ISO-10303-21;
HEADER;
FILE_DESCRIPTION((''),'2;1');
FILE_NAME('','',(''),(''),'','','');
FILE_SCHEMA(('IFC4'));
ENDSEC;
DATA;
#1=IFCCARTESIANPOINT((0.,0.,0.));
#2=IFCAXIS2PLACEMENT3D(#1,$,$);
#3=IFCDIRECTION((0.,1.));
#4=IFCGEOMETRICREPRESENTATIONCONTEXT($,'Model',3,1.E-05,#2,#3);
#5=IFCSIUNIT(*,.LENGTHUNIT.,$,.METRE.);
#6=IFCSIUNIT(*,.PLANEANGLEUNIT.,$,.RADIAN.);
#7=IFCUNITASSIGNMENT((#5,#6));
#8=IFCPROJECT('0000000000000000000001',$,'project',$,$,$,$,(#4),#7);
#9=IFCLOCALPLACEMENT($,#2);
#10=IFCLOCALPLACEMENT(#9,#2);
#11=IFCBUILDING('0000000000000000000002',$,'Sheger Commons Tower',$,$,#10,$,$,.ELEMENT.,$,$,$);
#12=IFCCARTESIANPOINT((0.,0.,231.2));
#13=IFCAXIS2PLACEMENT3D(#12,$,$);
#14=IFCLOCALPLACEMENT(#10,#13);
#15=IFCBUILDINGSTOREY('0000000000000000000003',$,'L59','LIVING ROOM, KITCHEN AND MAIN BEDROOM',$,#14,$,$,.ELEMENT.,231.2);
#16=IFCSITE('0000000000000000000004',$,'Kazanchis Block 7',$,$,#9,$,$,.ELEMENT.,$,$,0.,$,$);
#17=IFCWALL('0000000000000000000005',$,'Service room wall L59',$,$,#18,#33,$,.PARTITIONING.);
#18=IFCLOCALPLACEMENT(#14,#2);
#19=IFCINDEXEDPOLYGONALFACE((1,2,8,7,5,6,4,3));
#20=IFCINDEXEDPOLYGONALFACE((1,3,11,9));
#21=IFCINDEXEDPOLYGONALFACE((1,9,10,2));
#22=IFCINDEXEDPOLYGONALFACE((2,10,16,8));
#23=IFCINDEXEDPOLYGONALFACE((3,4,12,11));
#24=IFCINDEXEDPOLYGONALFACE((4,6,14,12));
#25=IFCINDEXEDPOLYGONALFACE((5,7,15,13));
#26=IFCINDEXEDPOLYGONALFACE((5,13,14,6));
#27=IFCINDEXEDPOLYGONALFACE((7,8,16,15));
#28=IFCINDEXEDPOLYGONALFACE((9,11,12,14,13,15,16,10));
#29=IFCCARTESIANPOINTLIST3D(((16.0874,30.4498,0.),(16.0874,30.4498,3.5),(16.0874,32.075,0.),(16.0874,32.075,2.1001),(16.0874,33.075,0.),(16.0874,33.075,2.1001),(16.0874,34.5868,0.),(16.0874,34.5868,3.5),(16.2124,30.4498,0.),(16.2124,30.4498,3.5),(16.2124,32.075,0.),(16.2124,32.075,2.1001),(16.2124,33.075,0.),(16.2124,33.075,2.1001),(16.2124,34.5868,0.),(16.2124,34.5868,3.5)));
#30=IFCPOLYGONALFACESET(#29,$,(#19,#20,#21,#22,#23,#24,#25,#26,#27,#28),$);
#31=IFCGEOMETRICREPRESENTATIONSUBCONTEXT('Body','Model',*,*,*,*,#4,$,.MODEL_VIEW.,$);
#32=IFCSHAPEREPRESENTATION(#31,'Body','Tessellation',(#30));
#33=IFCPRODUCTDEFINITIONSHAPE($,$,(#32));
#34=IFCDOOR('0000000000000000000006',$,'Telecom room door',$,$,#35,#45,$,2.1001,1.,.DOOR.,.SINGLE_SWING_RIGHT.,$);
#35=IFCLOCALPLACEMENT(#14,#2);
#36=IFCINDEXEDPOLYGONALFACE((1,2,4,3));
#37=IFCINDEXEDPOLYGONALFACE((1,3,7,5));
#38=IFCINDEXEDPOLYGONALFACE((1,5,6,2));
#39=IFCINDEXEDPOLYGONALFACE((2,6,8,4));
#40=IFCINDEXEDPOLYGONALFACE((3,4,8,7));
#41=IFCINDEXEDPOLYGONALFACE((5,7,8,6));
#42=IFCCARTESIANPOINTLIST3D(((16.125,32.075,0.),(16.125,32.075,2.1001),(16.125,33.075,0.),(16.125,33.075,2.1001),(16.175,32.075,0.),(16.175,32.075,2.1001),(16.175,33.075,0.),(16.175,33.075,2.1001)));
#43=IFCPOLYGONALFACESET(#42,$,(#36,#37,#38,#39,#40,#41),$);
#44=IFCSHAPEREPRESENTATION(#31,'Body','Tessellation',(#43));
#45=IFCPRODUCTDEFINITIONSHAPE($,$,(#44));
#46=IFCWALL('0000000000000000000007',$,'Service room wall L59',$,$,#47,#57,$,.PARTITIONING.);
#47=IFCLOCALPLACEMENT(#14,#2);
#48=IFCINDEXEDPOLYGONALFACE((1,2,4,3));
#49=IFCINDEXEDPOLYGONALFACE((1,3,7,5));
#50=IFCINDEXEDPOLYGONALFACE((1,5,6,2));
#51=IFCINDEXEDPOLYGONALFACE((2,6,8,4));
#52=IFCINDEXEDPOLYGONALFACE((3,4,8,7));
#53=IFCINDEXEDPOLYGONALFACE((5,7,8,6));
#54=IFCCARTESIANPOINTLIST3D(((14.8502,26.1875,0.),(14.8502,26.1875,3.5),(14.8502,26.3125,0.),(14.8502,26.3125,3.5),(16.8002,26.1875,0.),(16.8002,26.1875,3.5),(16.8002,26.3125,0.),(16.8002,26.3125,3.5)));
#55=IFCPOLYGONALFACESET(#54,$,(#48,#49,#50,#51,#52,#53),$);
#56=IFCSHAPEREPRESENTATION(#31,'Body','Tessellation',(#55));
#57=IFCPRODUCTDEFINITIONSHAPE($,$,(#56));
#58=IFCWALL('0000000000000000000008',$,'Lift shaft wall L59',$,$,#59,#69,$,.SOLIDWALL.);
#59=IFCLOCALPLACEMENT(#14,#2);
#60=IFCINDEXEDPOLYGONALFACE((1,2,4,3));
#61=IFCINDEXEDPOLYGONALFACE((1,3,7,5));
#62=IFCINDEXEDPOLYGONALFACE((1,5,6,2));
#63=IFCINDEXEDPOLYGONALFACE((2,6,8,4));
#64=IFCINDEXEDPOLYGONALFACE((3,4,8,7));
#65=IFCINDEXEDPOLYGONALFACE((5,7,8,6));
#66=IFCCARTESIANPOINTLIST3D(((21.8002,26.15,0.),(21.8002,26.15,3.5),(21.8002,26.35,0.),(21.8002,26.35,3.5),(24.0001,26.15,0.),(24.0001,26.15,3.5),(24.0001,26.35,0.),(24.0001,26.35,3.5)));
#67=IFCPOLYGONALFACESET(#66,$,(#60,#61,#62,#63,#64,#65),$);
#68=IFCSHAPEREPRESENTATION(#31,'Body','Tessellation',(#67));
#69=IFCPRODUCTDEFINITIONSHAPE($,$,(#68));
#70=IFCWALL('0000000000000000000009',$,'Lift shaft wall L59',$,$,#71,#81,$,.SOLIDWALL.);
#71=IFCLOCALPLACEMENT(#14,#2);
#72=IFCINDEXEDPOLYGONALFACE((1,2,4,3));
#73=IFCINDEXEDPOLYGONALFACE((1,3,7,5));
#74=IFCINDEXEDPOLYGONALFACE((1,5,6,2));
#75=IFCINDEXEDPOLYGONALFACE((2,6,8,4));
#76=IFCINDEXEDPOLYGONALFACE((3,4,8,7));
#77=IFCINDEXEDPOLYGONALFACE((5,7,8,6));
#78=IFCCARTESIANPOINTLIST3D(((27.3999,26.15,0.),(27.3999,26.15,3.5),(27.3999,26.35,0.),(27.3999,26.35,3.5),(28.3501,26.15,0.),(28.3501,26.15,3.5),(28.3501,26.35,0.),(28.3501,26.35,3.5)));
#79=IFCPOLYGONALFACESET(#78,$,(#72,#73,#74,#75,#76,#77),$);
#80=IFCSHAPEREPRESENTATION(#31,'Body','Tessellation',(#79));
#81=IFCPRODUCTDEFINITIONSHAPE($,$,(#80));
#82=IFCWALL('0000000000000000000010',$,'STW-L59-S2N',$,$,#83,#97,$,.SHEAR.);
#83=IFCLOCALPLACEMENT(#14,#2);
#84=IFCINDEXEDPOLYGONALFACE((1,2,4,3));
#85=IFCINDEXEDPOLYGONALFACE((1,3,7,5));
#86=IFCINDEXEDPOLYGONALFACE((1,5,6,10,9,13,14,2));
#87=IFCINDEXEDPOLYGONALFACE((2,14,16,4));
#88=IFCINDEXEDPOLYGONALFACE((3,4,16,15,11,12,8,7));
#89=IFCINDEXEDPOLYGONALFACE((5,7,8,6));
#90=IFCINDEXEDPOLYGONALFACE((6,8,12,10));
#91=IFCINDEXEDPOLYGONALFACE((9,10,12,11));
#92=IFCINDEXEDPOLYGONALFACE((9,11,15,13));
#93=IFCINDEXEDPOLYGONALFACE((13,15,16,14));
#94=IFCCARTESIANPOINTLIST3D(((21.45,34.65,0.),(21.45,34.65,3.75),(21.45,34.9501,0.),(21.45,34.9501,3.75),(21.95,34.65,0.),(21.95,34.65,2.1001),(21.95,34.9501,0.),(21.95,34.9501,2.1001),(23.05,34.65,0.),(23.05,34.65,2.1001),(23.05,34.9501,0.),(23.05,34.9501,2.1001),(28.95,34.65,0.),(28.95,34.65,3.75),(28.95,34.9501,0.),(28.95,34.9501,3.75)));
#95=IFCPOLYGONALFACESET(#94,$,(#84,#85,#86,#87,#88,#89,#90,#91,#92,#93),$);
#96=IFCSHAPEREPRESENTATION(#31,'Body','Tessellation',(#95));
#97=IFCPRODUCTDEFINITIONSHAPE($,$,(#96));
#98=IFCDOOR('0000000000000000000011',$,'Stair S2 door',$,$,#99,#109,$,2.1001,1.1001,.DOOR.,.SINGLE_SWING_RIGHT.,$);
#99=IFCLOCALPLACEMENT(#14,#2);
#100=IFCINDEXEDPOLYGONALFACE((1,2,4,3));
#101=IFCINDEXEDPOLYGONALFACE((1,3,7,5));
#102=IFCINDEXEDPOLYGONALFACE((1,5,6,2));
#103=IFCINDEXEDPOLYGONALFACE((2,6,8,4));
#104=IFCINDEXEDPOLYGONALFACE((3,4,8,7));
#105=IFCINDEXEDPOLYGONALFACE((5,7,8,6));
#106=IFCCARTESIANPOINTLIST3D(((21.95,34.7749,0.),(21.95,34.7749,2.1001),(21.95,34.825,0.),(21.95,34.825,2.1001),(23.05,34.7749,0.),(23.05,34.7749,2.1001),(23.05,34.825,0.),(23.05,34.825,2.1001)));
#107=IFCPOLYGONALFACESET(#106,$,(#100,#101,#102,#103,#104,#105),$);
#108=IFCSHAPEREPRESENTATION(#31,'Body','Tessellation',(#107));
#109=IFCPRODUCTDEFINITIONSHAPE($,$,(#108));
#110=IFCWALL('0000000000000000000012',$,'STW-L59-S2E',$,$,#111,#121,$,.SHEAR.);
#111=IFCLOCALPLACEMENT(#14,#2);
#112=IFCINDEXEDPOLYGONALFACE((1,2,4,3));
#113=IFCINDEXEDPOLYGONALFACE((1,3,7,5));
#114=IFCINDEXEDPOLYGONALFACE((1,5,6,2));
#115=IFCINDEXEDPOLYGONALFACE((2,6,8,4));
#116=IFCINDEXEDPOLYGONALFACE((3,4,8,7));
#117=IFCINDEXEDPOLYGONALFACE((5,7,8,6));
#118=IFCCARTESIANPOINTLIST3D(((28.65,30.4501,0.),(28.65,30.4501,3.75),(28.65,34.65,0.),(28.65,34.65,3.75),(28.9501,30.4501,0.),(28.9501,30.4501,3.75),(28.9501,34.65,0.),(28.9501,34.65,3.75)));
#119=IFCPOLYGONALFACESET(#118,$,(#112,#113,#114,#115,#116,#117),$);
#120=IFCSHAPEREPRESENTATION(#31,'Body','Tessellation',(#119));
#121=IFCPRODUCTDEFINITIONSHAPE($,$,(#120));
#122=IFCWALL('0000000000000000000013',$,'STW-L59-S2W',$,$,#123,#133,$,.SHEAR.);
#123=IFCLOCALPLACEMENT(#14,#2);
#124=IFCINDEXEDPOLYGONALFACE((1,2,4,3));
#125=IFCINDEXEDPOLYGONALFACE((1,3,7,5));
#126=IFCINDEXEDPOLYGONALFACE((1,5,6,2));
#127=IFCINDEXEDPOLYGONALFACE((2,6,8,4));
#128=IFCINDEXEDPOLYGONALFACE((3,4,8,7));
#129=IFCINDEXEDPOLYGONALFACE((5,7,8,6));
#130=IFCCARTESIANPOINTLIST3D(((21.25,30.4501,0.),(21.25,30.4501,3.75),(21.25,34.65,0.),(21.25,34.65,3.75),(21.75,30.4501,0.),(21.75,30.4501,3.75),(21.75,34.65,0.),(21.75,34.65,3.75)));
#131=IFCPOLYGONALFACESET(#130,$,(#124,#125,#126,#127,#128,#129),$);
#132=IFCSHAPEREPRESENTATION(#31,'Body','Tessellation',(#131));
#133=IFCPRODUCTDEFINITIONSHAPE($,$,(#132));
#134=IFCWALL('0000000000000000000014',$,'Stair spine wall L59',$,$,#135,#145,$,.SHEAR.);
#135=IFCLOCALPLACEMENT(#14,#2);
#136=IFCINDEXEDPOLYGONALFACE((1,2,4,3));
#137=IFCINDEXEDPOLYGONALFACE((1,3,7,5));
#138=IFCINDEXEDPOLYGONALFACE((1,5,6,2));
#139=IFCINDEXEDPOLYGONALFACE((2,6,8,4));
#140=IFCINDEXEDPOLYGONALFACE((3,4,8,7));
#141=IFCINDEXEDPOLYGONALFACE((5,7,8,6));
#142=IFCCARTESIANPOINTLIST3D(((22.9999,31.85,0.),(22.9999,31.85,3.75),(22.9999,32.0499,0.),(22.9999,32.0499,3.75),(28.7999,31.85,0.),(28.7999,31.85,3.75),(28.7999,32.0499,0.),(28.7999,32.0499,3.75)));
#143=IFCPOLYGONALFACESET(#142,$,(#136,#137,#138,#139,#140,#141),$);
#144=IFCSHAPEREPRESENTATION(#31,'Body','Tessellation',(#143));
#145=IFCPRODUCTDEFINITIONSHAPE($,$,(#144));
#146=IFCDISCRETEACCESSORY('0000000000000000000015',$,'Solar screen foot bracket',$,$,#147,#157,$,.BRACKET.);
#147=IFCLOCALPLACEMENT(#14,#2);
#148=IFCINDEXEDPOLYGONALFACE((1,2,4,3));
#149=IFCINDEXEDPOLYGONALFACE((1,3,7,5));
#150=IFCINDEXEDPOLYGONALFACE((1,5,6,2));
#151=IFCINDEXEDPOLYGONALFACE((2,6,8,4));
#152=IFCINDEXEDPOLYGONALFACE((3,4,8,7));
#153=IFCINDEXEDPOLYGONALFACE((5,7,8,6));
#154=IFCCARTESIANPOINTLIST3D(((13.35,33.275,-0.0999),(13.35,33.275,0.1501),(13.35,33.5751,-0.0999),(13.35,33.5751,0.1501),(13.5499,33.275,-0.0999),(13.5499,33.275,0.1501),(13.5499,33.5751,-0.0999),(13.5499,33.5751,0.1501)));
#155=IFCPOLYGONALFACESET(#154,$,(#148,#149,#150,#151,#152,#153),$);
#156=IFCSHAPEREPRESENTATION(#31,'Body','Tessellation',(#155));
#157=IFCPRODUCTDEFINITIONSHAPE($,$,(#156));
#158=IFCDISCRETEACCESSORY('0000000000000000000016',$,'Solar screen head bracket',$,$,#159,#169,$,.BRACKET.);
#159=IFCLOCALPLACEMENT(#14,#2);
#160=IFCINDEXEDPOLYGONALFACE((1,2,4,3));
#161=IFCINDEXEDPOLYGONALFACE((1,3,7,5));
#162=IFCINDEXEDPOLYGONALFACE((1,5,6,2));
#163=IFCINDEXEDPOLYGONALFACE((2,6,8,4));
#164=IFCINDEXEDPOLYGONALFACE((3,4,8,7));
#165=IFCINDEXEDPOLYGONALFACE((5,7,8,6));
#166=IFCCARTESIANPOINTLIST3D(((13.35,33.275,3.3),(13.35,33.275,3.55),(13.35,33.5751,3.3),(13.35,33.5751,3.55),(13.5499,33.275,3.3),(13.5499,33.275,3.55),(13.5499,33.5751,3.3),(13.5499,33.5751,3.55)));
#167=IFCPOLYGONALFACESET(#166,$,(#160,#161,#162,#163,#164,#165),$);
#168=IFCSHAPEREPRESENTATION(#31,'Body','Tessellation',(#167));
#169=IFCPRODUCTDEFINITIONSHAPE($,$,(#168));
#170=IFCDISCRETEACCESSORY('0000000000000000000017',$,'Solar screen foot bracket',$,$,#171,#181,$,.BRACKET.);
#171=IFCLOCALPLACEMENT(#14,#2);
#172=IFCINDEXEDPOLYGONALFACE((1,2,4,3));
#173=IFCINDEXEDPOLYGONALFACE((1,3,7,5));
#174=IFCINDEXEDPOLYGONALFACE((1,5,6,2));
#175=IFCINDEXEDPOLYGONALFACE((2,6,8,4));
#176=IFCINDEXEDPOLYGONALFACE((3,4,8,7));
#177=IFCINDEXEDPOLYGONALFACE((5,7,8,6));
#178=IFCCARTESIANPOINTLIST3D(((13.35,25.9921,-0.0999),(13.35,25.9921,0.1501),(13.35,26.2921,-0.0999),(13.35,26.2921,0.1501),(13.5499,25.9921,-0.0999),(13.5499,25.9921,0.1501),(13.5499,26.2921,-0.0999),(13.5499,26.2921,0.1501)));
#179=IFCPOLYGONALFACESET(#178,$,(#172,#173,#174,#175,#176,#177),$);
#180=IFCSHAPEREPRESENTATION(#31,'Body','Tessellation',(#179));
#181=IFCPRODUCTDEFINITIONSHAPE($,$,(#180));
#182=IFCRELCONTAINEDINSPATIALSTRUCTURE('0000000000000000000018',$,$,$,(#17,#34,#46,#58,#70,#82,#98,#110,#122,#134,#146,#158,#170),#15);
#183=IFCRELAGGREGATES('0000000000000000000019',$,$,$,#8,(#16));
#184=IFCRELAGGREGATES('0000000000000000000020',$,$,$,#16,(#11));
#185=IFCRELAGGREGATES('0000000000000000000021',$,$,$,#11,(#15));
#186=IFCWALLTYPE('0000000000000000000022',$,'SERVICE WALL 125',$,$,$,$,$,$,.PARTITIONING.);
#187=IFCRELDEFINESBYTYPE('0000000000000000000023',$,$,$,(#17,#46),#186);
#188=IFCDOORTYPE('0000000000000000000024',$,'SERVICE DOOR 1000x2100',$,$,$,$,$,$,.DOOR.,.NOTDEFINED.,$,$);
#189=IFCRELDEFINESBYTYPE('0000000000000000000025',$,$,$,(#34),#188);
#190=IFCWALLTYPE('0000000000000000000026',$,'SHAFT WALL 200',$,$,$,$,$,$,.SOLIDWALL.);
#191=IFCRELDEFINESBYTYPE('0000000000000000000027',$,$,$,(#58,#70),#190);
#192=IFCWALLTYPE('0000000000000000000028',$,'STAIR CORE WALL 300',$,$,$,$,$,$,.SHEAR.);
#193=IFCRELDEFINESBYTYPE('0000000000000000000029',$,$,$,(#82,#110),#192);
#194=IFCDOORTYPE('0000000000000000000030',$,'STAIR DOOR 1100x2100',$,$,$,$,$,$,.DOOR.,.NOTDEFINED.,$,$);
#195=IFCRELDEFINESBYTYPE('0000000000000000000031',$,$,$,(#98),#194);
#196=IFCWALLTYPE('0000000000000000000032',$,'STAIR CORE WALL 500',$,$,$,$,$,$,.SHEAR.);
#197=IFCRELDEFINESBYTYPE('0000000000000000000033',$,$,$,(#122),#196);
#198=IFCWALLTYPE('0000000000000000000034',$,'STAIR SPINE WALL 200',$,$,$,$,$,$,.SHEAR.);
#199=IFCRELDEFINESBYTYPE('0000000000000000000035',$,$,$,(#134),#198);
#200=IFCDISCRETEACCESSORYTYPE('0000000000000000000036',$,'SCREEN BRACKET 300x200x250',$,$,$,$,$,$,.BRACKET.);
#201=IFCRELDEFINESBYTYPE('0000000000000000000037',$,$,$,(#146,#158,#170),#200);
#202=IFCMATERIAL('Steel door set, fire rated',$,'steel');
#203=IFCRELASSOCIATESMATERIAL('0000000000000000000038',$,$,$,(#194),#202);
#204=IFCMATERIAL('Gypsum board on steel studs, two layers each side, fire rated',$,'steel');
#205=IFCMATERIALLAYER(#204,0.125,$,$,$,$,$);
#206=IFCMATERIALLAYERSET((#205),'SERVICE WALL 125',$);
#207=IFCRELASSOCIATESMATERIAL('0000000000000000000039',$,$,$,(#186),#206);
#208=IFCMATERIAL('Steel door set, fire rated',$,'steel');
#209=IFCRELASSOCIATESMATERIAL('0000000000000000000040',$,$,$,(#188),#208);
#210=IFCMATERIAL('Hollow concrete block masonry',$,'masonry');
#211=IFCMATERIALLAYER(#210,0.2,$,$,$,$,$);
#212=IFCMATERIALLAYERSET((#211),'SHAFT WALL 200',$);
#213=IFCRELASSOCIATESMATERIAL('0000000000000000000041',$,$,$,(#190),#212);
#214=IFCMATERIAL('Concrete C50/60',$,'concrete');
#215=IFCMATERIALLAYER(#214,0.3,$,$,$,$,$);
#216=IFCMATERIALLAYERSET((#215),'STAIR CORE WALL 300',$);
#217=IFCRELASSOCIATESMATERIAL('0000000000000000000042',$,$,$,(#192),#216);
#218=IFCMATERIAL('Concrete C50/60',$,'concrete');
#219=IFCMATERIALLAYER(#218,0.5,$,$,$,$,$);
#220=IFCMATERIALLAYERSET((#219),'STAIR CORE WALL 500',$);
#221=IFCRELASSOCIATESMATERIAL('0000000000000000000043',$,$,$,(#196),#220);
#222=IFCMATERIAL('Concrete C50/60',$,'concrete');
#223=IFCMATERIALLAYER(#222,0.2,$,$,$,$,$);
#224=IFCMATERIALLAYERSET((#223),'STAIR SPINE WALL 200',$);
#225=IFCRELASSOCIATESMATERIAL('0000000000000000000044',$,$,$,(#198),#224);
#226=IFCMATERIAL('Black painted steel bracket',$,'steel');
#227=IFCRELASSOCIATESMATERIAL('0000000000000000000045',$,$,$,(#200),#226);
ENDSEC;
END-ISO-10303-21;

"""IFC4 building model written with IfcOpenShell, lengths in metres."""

from ifc_helpers import new_model, si_unit, direction, frame, frame_2d, origin, origin_2d, place, context, subcontext, project, spatial, rectangle, extrude, material, layer, layer_set, type_object, element, fill, save


model = new_model("IFC4")

# Units and contexts
model_context = context("Model", 3, precision=1e-05, world=origin(), true_north=direction((0.0, 1.0)))
body_context = subcontext(model_context, "Body", "Model", "MODEL_VIEW")
ifc_project = project(units=[si_unit("LENGTHUNIT", "METRE"), si_unit("PLANEANGLEUNIT", "RADIAN")], contexts=[model_context])

# Site, building, storey
site_placement = place(None, origin())
site = spatial("IfcSite", under=ifc_project, at=site_placement, Name="Kazanchis Block 7", CompositionType="ELEMENT", RefElevation=0.0)
building_placement = place(site_placement, origin())
building = spatial("IfcBuilding", under=site, at=building_placement, Name="Sheger Commons Tower", CompositionType="ELEMENT")
storey_placement = place(building_placement, frame((0.0, 0.0, 231.2)))
storey = spatial("IfcBuildingStorey", under=building, at=storey_placement, Name="L59", Description="LIVING ROOM, KITCHEN AND MAIN BEDROOM", CompositionType="ELEMENT", Elevation=231.2)

# Shared definitions
ifc_material_1 = material(Name="Steel door set, fire rated", Category="steel")
door_type_1 = type_object("IfcDoorType", Name="STAIR DOOR 1100x2100", OperationType="NOTDEFINED", PredefinedType="DOOR", material=ifc_material_1)

# Wall, opening, door
ifc_material_2 = material(Name="Gypsum board on steel studs, two layers each side, fire rated", Category="steel")
ifc_layer_1 = layer(ifc_material_2, 0.125)
ifc_layer_set_1 = layer_set([ifc_layer_1], Name="SERVICE WALL 125")
wall_type_1 = type_object("IfcWallType", Name="SERVICE WALL 125", PredefinedType="PARTITIONING", material=ifc_layer_set_1)
wall_1_placement = place(storey_placement, frame((16.1499, 30.45, 0.0), z_axis=(0.0, 0.0, 1.0), x_axis=(0.0, 1.0, 0.0)))
wall_1 = element("IfcWall", 1, at=wall_1_placement, inside=storey, type_object=wall_type_1, Name="Service room wall L59", PredefinedType="PARTITIONING", context=body_context, shape_type="SweptSolid", body=[
    extrude(rectangle(XDim=4.137, YDim=0.125, at=frame_2d((2.0684, 0.0))), origin(), (0.0, 0.0, 1.0), 3.5),
])
opening_1_placement = place(wall_1_placement, frame((1.625, 0.0, 0.0)))
opening_1 = element("IfcOpeningElement", 2, at=opening_1_placement, cuts=wall_1, PredefinedType="OPENING", context=body_context, shape_type="SweptSolid", body=[
    extrude(rectangle(XDim=1.0, YDim=2.1001, at=frame_2d((0.5, 1.05))), frame((0.0, 0.0725, 0.0), z_axis=(0.0, -1.0, 0.0), x_axis=(1.0, 0.0, 0.0)), (0.0, 0.0, 1.0), 0.145),
])
ifc_material_3 = material(Name="Steel door set, fire rated", Category="steel")
door_type_2 = type_object("IfcDoorType", Name="SERVICE DOOR 1000x2100", OperationType="NOTDEFINED", PredefinedType="DOOR", material=ifc_material_3)
door_1_placement = place(opening_1_placement, origin())
door_1 = element("IfcDoor", 3, at=door_1_placement, inside=storey, type_object=door_type_2, Name="Telecom room door", OperationType="SINGLE_SWING_RIGHT", OverallHeight=2.1001, OverallWidth=1.0, PredefinedType="DOOR", context=body_context, shape_type="SweptSolid", body=[
    extrude(rectangle(XDim=1.0, YDim=2.1001, at=frame_2d((0.5, 1.05))), frame((0.0, 0.0249, 0.0), z_axis=(0.0, -1.0, 0.0), x_axis=(1.0, 0.0, 0.0)), (0.0, 0.0, 1.0), 0.05),
])
fill(opening_1, door_1)

# Walls
wall_2_placement = place(storey_placement, frame((14.8501, 26.25, 0.0), z_axis=(0.0, 0.0, 1.0), x_axis=(1.0, 0.0, 0.0)))
element("IfcWall", 4, at=wall_2_placement, inside=storey, type_object=wall_type_1, Name="Service room wall L59", PredefinedType="PARTITIONING", context=body_context, shape_type="SweptSolid", body=[
    extrude(rectangle(XDim=1.95, YDim=0.125, at=frame_2d((0.9751, 0.0))), origin(), (0.0, 0.0, 1.0), 3.5),
])
ifc_material_4 = material(Name="Hollow concrete block masonry", Category="masonry")
ifc_layer_2 = layer(ifc_material_4, 0.2)
ifc_layer_set_2 = layer_set([ifc_layer_2], Name="SHAFT WALL 200")
wall_type_2 = type_object("IfcWallType", Name="SHAFT WALL 200", PredefinedType="SOLIDWALL", material=ifc_layer_set_2)
wall_3_placement = place(storey_placement, frame((21.8, 26.25, 0.0), z_axis=(0.0, 0.0, 1.0), x_axis=(1.0, 0.0, 0.0)))
element("IfcWall", 5, at=wall_3_placement, inside=storey, type_object=wall_type_2, Name="Lift shaft wall L59", PredefinedType="SOLIDWALL", context=body_context, shape_type="SweptSolid", body=[
    extrude(rectangle(XDim=2.2, YDim=0.2, at=frame_2d((1.1001, 0.0))), origin(), (0.0, 0.0, 1.0), 3.5),
])
wall_4_placement = place(storey_placement, frame((27.3999, 26.25, 0.0), z_axis=(0.0, 0.0, 1.0), x_axis=(1.0, 0.0, 0.0)))
element("IfcWall", 6, at=wall_4_placement, inside=storey, type_object=wall_type_2, Name="Lift shaft wall L59", PredefinedType="SOLIDWALL", context=body_context, shape_type="SweptSolid", body=[
    extrude(rectangle(XDim=0.9502, YDim=0.2, at=frame_2d((0.4751, 0.0))), origin(), (0.0, 0.0, 1.0), 3.5),
])

# Wall, opening, door
ifc_material_5 = material(Name="Concrete C50/60", Category="concrete")
ifc_layer_3 = layer(ifc_material_5, 0.3)
ifc_layer_set_3 = layer_set([ifc_layer_3], Name="STAIR CORE WALL 300")
wall_type_3 = type_object("IfcWallType", Name="STAIR CORE WALL 300", PredefinedType="SHEAR", material=ifc_layer_set_3)
wall_5_placement = place(storey_placement, frame((21.45, 34.8, 0.0), z_axis=(0.0, 0.0, 1.0), x_axis=(1.0, 0.0, 0.0)))
wall_5 = element("IfcWall", 7, at=wall_5_placement, inside=storey, type_object=wall_type_3, Name="STW-L59-S2N", PredefinedType="SHEAR", context=body_context, shape_type="SweptSolid", body=[
    extrude(rectangle(XDim=7.5, YDim=0.3, at=frame_2d((3.75, 0.0))), origin(), (0.0, 0.0, 1.0), 3.75),
])
opening_2_placement = place(wall_5_placement, frame((0.5, 0.0, 0.0)))
opening_2 = element("IfcOpeningElement", 8, at=opening_2_placement, cuts=wall_5, PredefinedType="OPENING", context=body_context, shape_type="SweptSolid", body=[
    extrude(rectangle(XDim=1.1001, YDim=2.1001, at=frame_2d((0.55, 1.05))), frame((0.0, 0.1599, 0.0), z_axis=(0.0, -1.0, 0.0), x_axis=(1.0, 0.0, 0.0)), (0.0, 0.0, 1.0), 0.3201),
])
door_2_placement = place(opening_2_placement, origin())
door_2 = element("IfcDoor", 9, at=door_2_placement, inside=storey, type_object=door_type_1, Name="Stair S2 door", OperationType="SINGLE_SWING_RIGHT", OverallHeight=2.1001, OverallWidth=1.1001, PredefinedType="DOOR", context=body_context, shape_type="SweptSolid", body=[
    extrude(rectangle(XDim=1.1001, YDim=2.1001, at=frame_2d((0.55, 1.05))), frame((0.0, 0.0249, 0.0), z_axis=(0.0, -1.0, 0.0), x_axis=(1.0, 0.0, 0.0)), (0.0, 0.0, 1.0), 0.05),
])
fill(opening_2, door_2)

# Walls
wall_6_placement = place(storey_placement, frame((28.8, 30.45, 0.0), z_axis=(0.0, 0.0, 1.0), x_axis=(0.0, 1.0, 0.0)))
element("IfcWall", 10, at=wall_6_placement, inside=storey, type_object=wall_type_3, Name="STW-L59-S2E", PredefinedType="SHEAR", context=body_context, shape_type="SweptSolid", body=[
    extrude(rectangle(XDim=4.2, YDim=0.3, at=frame_2d((2.1001, 0.0))), origin(), (0.0, 0.0, 1.0), 3.75),
])
ifc_material_6 = material(Name="Concrete C50/60", Category="concrete")
ifc_layer_4 = layer(ifc_material_6, 0.5)
ifc_layer_set_4 = layer_set([ifc_layer_4], Name="STAIR CORE WALL 500")
wall_type_4 = type_object("IfcWallType", Name="STAIR CORE WALL 500", PredefinedType="SHEAR", material=ifc_layer_set_4)
wall_7_placement = place(storey_placement, frame((21.5, 30.45, 0.0), z_axis=(0.0, 0.0, 1.0), x_axis=(0.0, 1.0, 0.0)))
element("IfcWall", 11, at=wall_7_placement, inside=storey, type_object=wall_type_4, Name="STW-L59-S2W", PredefinedType="SHEAR", context=body_context, shape_type="SweptSolid", body=[
    extrude(rectangle(XDim=4.2, YDim=0.5, at=frame_2d((2.1001, 0.0))), origin(), (0.0, 0.0, 1.0), 3.75),
])
ifc_material_7 = material(Name="Concrete C50/60", Category="concrete")
ifc_layer_5 = layer(ifc_material_7, 0.2)
ifc_layer_set_5 = layer_set([ifc_layer_5], Name="STAIR SPINE WALL 200")
wall_type_5 = type_object("IfcWallType", Name="STAIR SPINE WALL 200", PredefinedType="SHEAR", material=ifc_layer_set_5)
wall_8_placement = place(storey_placement, frame((23.0, 31.95, 0.0), z_axis=(0.0, 0.0, 1.0), x_axis=(1.0, 0.0, 0.0)))
element("IfcWall", 12, at=wall_8_placement, inside=storey, type_object=wall_type_5, Name="Stair spine wall L59", PredefinedType="SHEAR", context=body_context, shape_type="SweptSolid", body=[
    extrude(rectangle(XDim=5.8, YDim=0.2, at=frame_2d((2.8999, 0.0))), origin(), (0.0, 0.0, 1.0), 3.75),
])

# Discrete accessories
ifc_material_8 = material(Name="Black painted steel bracket", Category="steel")
discrete_accessory_type = type_object("IfcDiscreteAccessoryType", Name="SCREEN BRACKET 300x200x250", PredefinedType="BRACKET", material=ifc_material_8)
for number, where, z_axis, x_axis, name in (
    (13, (13.45, 33.425, -0.0999), (0.0, 0.0, 1.0), (0.0, -1.0, 0.0), "Solar screen foot bracket"),
    (14, (13.45, 33.425, 3.3), (0.0, 0.0, 1.0), (0.0, -1.0, 0.0), "Solar screen head bracket"),
    (15, (13.45, 26.1421, -0.0999), (0.0, 0.0, 1.0), (0.0, -1.0, 0.0), "Solar screen foot bracket"),
):
    element("IfcDiscreteAccessory", number, at=place(storey_placement, frame(where, z_axis=z_axis, x_axis=x_axis)), inside=storey, type_object=discrete_accessory_type, Name=name, PredefinedType="BRACKET", context=body_context, shape_type="SweptSolid", body=[
        extrude(rectangle(XDim=0.3, YDim=0.2, at=origin_2d()), origin(), (0.0, 0.0, 1.0), 0.25),
    ])

save(model, "model.ifc")
